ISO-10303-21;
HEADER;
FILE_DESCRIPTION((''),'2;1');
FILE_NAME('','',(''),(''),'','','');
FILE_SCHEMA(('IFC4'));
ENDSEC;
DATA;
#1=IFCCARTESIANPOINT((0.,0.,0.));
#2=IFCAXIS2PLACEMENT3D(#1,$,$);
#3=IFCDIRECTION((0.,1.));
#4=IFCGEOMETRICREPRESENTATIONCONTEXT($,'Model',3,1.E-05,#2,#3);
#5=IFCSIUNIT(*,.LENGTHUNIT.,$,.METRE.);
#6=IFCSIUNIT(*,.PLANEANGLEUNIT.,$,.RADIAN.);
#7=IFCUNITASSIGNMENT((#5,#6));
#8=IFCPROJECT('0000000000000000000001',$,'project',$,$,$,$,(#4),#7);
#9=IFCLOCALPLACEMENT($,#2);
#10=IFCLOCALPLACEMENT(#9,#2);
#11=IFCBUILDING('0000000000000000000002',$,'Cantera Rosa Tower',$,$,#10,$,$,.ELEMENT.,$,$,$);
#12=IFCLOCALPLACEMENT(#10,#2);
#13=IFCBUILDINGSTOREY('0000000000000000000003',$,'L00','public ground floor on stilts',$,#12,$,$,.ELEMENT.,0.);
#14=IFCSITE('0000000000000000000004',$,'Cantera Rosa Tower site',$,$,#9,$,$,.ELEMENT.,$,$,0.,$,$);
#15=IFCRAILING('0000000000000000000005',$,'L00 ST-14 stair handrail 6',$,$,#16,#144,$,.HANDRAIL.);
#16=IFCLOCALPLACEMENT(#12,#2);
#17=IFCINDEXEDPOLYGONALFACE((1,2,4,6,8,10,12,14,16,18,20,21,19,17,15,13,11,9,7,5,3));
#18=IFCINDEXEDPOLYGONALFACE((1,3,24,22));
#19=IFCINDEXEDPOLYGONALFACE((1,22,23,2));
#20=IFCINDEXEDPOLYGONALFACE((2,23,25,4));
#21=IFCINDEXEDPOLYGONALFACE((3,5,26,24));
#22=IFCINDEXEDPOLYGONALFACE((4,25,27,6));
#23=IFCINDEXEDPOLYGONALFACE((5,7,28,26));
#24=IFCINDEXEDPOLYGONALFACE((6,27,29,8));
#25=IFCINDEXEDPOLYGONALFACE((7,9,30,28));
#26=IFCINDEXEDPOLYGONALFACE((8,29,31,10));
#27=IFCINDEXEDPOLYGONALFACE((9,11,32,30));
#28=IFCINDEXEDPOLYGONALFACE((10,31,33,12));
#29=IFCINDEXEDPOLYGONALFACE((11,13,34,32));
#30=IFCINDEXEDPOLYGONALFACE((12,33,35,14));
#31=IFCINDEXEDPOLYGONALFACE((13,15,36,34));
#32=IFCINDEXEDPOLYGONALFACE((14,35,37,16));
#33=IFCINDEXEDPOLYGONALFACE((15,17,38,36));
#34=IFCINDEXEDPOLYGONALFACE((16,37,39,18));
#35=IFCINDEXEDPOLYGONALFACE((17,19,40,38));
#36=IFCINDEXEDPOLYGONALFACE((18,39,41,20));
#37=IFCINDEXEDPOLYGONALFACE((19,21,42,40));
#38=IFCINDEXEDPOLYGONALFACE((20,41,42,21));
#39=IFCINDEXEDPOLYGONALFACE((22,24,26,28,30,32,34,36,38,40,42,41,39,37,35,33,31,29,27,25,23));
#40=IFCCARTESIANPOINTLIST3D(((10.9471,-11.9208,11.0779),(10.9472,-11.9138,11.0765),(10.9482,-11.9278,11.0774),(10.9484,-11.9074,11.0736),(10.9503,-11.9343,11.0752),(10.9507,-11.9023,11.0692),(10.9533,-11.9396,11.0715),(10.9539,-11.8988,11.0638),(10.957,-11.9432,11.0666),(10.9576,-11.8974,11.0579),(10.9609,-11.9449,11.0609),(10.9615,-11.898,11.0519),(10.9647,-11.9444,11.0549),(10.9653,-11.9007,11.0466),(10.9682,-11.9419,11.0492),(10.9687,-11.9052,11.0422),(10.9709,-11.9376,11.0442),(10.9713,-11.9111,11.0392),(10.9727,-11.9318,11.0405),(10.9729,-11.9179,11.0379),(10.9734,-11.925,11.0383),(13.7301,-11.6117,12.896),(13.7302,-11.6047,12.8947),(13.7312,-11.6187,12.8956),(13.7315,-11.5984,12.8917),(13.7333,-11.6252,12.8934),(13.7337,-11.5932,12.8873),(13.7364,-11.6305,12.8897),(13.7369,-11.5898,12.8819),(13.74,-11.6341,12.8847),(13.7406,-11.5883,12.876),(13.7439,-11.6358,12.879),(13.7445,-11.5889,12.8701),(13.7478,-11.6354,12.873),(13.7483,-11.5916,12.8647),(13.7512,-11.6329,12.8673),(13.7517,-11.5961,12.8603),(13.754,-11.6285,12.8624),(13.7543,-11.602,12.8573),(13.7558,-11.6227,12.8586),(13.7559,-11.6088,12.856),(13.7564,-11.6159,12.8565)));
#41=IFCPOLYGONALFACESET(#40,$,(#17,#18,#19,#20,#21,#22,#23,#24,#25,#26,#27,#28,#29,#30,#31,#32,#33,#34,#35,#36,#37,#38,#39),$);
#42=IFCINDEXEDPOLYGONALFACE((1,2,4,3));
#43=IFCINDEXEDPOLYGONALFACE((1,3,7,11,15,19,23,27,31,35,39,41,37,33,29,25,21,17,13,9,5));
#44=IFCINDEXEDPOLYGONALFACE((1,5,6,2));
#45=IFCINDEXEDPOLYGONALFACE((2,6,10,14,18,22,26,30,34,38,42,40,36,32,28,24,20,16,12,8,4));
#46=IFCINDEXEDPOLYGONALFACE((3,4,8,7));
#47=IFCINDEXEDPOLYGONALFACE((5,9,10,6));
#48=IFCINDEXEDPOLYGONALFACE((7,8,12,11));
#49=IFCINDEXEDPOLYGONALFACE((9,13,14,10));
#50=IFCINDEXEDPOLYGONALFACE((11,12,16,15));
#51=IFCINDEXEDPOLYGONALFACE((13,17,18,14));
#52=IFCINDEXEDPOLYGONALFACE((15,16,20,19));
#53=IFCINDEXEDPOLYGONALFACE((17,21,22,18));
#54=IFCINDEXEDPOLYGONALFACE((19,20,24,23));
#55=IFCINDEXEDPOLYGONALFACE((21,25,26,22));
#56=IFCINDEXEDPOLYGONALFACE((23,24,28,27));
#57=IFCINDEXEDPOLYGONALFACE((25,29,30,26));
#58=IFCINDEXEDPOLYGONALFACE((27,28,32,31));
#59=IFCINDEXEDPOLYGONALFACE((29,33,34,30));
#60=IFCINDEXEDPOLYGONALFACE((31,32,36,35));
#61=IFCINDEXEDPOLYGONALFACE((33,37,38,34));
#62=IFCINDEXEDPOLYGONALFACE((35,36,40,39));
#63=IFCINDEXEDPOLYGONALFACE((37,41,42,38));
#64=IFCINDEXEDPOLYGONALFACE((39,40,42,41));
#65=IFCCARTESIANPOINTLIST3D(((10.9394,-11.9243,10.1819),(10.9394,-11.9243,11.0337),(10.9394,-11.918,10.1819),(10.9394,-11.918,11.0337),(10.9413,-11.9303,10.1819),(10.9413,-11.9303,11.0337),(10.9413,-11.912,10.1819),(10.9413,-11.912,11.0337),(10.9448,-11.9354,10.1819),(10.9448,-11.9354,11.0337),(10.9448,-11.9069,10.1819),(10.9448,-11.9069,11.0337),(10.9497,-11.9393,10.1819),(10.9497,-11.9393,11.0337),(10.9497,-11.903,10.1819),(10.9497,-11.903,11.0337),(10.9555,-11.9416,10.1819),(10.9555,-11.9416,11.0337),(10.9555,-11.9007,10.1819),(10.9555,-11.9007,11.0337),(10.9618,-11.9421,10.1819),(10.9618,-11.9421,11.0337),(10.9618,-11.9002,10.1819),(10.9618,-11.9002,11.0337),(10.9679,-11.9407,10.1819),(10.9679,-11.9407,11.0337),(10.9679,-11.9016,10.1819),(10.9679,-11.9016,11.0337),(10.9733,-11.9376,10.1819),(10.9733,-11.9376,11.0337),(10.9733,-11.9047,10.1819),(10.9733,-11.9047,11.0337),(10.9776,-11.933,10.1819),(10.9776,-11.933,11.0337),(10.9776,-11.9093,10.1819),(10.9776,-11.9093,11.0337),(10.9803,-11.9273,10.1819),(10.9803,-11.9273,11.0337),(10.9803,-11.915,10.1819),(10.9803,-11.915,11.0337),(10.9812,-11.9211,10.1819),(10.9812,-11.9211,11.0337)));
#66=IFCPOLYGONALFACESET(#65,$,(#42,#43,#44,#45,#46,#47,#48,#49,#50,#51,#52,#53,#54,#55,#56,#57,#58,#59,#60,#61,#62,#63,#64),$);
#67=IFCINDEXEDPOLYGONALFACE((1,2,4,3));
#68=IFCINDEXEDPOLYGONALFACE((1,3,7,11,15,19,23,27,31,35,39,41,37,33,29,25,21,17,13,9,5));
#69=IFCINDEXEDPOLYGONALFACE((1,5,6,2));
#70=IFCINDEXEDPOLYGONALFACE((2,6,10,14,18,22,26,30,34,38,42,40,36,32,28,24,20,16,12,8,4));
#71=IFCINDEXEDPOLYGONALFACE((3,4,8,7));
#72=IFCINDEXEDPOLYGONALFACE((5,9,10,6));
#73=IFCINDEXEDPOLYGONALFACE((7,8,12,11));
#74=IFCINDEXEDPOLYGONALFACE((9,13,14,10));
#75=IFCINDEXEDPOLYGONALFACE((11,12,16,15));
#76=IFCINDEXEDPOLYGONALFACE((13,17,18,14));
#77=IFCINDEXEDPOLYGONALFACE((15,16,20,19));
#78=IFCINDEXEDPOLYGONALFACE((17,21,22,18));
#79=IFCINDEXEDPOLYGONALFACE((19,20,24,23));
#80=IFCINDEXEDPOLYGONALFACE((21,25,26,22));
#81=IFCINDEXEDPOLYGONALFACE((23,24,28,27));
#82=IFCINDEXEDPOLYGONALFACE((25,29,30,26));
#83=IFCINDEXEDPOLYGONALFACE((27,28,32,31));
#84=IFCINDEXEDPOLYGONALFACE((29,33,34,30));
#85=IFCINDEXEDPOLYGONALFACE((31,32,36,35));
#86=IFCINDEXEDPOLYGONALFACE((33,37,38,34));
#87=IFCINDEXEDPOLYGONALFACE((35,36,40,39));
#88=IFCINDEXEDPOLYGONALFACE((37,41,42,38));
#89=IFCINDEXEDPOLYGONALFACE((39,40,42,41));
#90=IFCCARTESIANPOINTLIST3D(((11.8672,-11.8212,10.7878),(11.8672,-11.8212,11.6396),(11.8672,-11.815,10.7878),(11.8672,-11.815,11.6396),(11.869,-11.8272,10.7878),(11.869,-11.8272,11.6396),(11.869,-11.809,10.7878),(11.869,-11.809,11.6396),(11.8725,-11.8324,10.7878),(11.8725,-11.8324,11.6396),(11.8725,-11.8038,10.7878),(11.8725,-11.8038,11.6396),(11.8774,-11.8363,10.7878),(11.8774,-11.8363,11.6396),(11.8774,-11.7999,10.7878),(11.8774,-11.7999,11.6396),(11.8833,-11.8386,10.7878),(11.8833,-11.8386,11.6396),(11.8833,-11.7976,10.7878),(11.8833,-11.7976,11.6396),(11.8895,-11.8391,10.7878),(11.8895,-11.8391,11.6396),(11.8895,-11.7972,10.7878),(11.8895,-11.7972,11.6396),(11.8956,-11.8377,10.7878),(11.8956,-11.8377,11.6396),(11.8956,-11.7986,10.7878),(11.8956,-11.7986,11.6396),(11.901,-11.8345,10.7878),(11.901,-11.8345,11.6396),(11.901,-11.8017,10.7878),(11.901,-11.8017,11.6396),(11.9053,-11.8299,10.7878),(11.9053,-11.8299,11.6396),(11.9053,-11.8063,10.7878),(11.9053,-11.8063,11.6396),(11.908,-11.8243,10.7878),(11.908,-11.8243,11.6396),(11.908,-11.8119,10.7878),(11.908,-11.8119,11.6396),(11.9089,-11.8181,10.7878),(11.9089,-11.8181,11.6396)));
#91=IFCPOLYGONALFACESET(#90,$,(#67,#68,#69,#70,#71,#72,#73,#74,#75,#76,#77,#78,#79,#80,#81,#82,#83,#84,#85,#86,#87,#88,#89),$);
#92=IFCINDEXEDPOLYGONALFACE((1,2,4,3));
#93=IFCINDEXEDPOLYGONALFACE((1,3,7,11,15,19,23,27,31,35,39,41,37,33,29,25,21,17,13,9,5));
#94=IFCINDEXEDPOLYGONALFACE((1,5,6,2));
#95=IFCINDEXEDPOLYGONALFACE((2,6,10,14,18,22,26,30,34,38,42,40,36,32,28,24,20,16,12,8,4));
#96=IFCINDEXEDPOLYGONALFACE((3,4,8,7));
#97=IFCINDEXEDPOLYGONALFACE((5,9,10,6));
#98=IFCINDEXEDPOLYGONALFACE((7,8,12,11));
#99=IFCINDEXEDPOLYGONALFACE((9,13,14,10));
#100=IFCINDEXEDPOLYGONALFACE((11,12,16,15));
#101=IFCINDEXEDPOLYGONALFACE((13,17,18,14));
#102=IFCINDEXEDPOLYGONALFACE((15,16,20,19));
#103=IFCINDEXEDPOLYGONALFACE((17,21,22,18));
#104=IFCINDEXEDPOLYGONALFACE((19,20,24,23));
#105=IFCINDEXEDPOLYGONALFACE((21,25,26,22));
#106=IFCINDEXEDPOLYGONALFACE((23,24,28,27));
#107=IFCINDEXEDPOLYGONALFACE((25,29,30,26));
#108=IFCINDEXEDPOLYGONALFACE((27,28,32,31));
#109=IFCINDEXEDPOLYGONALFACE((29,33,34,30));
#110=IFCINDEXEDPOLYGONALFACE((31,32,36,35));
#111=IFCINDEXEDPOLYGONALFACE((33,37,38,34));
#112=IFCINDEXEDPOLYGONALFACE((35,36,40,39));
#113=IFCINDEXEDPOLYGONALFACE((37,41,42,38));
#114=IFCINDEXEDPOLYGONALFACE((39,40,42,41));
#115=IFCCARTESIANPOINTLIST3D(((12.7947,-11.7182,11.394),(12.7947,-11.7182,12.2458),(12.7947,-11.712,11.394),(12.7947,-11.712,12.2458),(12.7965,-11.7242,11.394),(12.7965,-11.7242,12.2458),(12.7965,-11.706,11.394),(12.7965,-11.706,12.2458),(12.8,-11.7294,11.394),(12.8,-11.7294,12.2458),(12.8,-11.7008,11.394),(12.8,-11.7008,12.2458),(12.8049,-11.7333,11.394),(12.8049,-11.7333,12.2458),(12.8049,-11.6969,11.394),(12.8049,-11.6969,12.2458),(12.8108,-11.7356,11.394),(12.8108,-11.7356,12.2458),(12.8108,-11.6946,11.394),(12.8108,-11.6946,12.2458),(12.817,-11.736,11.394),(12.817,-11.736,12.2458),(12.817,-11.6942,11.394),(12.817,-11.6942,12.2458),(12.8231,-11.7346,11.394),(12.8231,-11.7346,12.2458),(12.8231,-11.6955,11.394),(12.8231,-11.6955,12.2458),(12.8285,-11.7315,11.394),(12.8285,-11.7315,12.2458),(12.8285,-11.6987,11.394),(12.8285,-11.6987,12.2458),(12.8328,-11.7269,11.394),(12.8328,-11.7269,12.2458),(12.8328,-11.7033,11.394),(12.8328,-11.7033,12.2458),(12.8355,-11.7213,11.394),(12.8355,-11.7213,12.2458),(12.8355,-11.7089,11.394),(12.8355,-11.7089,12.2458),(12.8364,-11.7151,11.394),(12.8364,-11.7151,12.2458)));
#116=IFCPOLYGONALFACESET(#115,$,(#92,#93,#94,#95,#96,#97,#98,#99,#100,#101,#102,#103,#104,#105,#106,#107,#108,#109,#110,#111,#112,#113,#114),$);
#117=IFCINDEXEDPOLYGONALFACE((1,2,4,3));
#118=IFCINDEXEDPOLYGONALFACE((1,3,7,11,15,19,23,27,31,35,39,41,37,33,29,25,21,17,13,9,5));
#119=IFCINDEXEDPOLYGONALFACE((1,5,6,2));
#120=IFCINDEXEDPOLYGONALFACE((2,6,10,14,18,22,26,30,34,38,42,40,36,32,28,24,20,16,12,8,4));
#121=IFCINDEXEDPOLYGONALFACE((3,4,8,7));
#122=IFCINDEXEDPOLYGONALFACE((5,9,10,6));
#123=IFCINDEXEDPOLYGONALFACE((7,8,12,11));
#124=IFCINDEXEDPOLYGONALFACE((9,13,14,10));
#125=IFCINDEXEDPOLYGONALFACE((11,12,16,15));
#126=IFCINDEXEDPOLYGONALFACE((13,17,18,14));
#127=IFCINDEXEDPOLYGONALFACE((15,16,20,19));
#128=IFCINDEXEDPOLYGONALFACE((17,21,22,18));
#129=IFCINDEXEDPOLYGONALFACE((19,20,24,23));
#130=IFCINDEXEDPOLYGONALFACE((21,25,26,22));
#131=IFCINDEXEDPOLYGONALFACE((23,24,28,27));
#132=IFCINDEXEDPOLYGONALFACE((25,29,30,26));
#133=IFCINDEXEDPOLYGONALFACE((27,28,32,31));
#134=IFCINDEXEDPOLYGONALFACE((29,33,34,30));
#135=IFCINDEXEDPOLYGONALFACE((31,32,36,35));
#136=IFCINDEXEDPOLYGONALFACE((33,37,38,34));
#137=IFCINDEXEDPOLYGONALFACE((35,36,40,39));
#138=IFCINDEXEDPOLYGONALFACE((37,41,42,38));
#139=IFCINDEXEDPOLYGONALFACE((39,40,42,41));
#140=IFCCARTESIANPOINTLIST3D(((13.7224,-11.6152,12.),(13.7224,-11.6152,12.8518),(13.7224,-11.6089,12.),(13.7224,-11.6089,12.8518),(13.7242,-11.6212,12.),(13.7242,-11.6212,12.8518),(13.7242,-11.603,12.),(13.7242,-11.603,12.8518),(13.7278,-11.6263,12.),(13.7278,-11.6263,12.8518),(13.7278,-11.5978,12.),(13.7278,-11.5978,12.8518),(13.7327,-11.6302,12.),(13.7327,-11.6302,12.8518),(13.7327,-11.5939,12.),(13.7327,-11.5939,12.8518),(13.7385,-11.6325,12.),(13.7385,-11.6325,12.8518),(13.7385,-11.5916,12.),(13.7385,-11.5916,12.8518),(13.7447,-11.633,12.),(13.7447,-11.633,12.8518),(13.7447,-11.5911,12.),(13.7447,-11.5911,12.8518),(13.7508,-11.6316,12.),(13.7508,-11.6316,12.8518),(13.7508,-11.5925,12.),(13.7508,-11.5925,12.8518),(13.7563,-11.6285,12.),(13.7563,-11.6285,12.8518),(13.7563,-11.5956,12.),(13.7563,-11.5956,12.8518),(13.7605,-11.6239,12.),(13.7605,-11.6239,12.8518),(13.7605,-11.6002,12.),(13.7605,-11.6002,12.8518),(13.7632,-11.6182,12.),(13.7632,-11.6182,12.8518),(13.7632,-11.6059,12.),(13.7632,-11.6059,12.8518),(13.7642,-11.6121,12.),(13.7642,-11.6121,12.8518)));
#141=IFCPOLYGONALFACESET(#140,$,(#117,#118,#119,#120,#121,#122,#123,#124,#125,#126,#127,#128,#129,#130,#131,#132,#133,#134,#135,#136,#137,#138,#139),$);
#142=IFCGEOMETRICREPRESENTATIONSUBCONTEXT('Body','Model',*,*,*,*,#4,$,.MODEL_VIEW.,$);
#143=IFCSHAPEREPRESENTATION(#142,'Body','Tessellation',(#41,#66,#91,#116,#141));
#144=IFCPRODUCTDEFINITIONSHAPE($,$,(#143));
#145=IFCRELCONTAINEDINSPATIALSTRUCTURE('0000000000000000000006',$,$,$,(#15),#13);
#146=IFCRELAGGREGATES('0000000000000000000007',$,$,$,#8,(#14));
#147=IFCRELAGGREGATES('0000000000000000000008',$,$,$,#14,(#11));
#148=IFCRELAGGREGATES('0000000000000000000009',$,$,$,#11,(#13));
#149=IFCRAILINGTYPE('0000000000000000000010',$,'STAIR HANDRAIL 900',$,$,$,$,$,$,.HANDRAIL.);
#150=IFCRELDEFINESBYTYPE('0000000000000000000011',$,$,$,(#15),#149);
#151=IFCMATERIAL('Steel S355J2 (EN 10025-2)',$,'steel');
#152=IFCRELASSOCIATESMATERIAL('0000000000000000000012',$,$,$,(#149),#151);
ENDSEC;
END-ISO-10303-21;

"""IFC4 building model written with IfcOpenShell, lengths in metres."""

from ifc_helpers import new_model, si_unit, direction, frame, origin, origin_2d, place, context, subcontext, project, spatial, circle, extrude, material, type_object, element, save


model = new_model("IFC4")

# Units and contexts
model_context = context("Model", 3, precision=1e-05, world=origin(), true_north=direction((0.0, 1.0)))
body_context = subcontext(model_context, "Body", "Model", "MODEL_VIEW")
ifc_project = project(units=[si_unit("LENGTHUNIT", "METRE"), si_unit("PLANEANGLEUNIT", "RADIAN")], contexts=[model_context])

# Site, building, storey
site_placement = place(None, origin())
site = spatial("IfcSite", under=ifc_project, at=site_placement, Name="Cantera Rosa Tower site", CompositionType="ELEMENT", RefElevation=0.0)
building_placement = place(site_placement, origin())
building = spatial("IfcBuilding", under=site, at=building_placement, Name="Cantera Rosa Tower", CompositionType="ELEMENT")
storey_placement = place(building_placement, origin())
storey = spatial("IfcBuildingStorey", under=building, at=storey_placement, Name="L00", Description="public ground floor on stilts", CompositionType="ELEMENT", Elevation=0.0)

# Railing
ifc_material_1 = material(Name="Steel S355J2 (EN 10025-2)", Category="steel")
railing_type_1 = type_object("IfcRailingType", Name="STAIR HANDRAIL 900", PredefinedType="HANDRAIL", material=ifc_material_1)
for number, where, name in (
    (1, (10.9602, -11.9211, 10.1819), "L00 ST-14 stair handrail 6"),
):
    element("IfcRailing", number, at=place(storey_placement, frame(where)), inside=storey, type_object=railing_type_1, Name=name, PredefinedType="HANDRAIL", context=body_context, shape_type="SweptSolid", body=[
        extrude(circle(Radius=0.0239, at=origin_2d()), frame((0.0, 0.0, 0.876), z_axis=(0.833582, 0.09258, 0.544582), x_axis=(-0.110384, 0.993889, 0.0)), (0.0, 0.0, 1.0), 3.3386),
        extrude(circle(Radius=0.021, at=origin_2d()), origin(), (0.0, 0.0, 1.0), 0.8518),
        extrude(circle(Radius=0.021, at=origin_2d()), frame((0.9277, 0.103, 0.606)), (0.0, 0.0, 1.0), 0.8518),
        extrude(circle(Radius=0.021, at=origin_2d()), frame((1.8552, 0.2061, 1.2122)), (0.0, 0.0, 1.0), 0.8518),
        extrude(circle(Radius=0.021, at=origin_2d()), frame((2.783, 0.3091, 1.8181)), (0.0, 0.0, 1.0), 0.8518),
    ])

save(model, "model.ifc")
